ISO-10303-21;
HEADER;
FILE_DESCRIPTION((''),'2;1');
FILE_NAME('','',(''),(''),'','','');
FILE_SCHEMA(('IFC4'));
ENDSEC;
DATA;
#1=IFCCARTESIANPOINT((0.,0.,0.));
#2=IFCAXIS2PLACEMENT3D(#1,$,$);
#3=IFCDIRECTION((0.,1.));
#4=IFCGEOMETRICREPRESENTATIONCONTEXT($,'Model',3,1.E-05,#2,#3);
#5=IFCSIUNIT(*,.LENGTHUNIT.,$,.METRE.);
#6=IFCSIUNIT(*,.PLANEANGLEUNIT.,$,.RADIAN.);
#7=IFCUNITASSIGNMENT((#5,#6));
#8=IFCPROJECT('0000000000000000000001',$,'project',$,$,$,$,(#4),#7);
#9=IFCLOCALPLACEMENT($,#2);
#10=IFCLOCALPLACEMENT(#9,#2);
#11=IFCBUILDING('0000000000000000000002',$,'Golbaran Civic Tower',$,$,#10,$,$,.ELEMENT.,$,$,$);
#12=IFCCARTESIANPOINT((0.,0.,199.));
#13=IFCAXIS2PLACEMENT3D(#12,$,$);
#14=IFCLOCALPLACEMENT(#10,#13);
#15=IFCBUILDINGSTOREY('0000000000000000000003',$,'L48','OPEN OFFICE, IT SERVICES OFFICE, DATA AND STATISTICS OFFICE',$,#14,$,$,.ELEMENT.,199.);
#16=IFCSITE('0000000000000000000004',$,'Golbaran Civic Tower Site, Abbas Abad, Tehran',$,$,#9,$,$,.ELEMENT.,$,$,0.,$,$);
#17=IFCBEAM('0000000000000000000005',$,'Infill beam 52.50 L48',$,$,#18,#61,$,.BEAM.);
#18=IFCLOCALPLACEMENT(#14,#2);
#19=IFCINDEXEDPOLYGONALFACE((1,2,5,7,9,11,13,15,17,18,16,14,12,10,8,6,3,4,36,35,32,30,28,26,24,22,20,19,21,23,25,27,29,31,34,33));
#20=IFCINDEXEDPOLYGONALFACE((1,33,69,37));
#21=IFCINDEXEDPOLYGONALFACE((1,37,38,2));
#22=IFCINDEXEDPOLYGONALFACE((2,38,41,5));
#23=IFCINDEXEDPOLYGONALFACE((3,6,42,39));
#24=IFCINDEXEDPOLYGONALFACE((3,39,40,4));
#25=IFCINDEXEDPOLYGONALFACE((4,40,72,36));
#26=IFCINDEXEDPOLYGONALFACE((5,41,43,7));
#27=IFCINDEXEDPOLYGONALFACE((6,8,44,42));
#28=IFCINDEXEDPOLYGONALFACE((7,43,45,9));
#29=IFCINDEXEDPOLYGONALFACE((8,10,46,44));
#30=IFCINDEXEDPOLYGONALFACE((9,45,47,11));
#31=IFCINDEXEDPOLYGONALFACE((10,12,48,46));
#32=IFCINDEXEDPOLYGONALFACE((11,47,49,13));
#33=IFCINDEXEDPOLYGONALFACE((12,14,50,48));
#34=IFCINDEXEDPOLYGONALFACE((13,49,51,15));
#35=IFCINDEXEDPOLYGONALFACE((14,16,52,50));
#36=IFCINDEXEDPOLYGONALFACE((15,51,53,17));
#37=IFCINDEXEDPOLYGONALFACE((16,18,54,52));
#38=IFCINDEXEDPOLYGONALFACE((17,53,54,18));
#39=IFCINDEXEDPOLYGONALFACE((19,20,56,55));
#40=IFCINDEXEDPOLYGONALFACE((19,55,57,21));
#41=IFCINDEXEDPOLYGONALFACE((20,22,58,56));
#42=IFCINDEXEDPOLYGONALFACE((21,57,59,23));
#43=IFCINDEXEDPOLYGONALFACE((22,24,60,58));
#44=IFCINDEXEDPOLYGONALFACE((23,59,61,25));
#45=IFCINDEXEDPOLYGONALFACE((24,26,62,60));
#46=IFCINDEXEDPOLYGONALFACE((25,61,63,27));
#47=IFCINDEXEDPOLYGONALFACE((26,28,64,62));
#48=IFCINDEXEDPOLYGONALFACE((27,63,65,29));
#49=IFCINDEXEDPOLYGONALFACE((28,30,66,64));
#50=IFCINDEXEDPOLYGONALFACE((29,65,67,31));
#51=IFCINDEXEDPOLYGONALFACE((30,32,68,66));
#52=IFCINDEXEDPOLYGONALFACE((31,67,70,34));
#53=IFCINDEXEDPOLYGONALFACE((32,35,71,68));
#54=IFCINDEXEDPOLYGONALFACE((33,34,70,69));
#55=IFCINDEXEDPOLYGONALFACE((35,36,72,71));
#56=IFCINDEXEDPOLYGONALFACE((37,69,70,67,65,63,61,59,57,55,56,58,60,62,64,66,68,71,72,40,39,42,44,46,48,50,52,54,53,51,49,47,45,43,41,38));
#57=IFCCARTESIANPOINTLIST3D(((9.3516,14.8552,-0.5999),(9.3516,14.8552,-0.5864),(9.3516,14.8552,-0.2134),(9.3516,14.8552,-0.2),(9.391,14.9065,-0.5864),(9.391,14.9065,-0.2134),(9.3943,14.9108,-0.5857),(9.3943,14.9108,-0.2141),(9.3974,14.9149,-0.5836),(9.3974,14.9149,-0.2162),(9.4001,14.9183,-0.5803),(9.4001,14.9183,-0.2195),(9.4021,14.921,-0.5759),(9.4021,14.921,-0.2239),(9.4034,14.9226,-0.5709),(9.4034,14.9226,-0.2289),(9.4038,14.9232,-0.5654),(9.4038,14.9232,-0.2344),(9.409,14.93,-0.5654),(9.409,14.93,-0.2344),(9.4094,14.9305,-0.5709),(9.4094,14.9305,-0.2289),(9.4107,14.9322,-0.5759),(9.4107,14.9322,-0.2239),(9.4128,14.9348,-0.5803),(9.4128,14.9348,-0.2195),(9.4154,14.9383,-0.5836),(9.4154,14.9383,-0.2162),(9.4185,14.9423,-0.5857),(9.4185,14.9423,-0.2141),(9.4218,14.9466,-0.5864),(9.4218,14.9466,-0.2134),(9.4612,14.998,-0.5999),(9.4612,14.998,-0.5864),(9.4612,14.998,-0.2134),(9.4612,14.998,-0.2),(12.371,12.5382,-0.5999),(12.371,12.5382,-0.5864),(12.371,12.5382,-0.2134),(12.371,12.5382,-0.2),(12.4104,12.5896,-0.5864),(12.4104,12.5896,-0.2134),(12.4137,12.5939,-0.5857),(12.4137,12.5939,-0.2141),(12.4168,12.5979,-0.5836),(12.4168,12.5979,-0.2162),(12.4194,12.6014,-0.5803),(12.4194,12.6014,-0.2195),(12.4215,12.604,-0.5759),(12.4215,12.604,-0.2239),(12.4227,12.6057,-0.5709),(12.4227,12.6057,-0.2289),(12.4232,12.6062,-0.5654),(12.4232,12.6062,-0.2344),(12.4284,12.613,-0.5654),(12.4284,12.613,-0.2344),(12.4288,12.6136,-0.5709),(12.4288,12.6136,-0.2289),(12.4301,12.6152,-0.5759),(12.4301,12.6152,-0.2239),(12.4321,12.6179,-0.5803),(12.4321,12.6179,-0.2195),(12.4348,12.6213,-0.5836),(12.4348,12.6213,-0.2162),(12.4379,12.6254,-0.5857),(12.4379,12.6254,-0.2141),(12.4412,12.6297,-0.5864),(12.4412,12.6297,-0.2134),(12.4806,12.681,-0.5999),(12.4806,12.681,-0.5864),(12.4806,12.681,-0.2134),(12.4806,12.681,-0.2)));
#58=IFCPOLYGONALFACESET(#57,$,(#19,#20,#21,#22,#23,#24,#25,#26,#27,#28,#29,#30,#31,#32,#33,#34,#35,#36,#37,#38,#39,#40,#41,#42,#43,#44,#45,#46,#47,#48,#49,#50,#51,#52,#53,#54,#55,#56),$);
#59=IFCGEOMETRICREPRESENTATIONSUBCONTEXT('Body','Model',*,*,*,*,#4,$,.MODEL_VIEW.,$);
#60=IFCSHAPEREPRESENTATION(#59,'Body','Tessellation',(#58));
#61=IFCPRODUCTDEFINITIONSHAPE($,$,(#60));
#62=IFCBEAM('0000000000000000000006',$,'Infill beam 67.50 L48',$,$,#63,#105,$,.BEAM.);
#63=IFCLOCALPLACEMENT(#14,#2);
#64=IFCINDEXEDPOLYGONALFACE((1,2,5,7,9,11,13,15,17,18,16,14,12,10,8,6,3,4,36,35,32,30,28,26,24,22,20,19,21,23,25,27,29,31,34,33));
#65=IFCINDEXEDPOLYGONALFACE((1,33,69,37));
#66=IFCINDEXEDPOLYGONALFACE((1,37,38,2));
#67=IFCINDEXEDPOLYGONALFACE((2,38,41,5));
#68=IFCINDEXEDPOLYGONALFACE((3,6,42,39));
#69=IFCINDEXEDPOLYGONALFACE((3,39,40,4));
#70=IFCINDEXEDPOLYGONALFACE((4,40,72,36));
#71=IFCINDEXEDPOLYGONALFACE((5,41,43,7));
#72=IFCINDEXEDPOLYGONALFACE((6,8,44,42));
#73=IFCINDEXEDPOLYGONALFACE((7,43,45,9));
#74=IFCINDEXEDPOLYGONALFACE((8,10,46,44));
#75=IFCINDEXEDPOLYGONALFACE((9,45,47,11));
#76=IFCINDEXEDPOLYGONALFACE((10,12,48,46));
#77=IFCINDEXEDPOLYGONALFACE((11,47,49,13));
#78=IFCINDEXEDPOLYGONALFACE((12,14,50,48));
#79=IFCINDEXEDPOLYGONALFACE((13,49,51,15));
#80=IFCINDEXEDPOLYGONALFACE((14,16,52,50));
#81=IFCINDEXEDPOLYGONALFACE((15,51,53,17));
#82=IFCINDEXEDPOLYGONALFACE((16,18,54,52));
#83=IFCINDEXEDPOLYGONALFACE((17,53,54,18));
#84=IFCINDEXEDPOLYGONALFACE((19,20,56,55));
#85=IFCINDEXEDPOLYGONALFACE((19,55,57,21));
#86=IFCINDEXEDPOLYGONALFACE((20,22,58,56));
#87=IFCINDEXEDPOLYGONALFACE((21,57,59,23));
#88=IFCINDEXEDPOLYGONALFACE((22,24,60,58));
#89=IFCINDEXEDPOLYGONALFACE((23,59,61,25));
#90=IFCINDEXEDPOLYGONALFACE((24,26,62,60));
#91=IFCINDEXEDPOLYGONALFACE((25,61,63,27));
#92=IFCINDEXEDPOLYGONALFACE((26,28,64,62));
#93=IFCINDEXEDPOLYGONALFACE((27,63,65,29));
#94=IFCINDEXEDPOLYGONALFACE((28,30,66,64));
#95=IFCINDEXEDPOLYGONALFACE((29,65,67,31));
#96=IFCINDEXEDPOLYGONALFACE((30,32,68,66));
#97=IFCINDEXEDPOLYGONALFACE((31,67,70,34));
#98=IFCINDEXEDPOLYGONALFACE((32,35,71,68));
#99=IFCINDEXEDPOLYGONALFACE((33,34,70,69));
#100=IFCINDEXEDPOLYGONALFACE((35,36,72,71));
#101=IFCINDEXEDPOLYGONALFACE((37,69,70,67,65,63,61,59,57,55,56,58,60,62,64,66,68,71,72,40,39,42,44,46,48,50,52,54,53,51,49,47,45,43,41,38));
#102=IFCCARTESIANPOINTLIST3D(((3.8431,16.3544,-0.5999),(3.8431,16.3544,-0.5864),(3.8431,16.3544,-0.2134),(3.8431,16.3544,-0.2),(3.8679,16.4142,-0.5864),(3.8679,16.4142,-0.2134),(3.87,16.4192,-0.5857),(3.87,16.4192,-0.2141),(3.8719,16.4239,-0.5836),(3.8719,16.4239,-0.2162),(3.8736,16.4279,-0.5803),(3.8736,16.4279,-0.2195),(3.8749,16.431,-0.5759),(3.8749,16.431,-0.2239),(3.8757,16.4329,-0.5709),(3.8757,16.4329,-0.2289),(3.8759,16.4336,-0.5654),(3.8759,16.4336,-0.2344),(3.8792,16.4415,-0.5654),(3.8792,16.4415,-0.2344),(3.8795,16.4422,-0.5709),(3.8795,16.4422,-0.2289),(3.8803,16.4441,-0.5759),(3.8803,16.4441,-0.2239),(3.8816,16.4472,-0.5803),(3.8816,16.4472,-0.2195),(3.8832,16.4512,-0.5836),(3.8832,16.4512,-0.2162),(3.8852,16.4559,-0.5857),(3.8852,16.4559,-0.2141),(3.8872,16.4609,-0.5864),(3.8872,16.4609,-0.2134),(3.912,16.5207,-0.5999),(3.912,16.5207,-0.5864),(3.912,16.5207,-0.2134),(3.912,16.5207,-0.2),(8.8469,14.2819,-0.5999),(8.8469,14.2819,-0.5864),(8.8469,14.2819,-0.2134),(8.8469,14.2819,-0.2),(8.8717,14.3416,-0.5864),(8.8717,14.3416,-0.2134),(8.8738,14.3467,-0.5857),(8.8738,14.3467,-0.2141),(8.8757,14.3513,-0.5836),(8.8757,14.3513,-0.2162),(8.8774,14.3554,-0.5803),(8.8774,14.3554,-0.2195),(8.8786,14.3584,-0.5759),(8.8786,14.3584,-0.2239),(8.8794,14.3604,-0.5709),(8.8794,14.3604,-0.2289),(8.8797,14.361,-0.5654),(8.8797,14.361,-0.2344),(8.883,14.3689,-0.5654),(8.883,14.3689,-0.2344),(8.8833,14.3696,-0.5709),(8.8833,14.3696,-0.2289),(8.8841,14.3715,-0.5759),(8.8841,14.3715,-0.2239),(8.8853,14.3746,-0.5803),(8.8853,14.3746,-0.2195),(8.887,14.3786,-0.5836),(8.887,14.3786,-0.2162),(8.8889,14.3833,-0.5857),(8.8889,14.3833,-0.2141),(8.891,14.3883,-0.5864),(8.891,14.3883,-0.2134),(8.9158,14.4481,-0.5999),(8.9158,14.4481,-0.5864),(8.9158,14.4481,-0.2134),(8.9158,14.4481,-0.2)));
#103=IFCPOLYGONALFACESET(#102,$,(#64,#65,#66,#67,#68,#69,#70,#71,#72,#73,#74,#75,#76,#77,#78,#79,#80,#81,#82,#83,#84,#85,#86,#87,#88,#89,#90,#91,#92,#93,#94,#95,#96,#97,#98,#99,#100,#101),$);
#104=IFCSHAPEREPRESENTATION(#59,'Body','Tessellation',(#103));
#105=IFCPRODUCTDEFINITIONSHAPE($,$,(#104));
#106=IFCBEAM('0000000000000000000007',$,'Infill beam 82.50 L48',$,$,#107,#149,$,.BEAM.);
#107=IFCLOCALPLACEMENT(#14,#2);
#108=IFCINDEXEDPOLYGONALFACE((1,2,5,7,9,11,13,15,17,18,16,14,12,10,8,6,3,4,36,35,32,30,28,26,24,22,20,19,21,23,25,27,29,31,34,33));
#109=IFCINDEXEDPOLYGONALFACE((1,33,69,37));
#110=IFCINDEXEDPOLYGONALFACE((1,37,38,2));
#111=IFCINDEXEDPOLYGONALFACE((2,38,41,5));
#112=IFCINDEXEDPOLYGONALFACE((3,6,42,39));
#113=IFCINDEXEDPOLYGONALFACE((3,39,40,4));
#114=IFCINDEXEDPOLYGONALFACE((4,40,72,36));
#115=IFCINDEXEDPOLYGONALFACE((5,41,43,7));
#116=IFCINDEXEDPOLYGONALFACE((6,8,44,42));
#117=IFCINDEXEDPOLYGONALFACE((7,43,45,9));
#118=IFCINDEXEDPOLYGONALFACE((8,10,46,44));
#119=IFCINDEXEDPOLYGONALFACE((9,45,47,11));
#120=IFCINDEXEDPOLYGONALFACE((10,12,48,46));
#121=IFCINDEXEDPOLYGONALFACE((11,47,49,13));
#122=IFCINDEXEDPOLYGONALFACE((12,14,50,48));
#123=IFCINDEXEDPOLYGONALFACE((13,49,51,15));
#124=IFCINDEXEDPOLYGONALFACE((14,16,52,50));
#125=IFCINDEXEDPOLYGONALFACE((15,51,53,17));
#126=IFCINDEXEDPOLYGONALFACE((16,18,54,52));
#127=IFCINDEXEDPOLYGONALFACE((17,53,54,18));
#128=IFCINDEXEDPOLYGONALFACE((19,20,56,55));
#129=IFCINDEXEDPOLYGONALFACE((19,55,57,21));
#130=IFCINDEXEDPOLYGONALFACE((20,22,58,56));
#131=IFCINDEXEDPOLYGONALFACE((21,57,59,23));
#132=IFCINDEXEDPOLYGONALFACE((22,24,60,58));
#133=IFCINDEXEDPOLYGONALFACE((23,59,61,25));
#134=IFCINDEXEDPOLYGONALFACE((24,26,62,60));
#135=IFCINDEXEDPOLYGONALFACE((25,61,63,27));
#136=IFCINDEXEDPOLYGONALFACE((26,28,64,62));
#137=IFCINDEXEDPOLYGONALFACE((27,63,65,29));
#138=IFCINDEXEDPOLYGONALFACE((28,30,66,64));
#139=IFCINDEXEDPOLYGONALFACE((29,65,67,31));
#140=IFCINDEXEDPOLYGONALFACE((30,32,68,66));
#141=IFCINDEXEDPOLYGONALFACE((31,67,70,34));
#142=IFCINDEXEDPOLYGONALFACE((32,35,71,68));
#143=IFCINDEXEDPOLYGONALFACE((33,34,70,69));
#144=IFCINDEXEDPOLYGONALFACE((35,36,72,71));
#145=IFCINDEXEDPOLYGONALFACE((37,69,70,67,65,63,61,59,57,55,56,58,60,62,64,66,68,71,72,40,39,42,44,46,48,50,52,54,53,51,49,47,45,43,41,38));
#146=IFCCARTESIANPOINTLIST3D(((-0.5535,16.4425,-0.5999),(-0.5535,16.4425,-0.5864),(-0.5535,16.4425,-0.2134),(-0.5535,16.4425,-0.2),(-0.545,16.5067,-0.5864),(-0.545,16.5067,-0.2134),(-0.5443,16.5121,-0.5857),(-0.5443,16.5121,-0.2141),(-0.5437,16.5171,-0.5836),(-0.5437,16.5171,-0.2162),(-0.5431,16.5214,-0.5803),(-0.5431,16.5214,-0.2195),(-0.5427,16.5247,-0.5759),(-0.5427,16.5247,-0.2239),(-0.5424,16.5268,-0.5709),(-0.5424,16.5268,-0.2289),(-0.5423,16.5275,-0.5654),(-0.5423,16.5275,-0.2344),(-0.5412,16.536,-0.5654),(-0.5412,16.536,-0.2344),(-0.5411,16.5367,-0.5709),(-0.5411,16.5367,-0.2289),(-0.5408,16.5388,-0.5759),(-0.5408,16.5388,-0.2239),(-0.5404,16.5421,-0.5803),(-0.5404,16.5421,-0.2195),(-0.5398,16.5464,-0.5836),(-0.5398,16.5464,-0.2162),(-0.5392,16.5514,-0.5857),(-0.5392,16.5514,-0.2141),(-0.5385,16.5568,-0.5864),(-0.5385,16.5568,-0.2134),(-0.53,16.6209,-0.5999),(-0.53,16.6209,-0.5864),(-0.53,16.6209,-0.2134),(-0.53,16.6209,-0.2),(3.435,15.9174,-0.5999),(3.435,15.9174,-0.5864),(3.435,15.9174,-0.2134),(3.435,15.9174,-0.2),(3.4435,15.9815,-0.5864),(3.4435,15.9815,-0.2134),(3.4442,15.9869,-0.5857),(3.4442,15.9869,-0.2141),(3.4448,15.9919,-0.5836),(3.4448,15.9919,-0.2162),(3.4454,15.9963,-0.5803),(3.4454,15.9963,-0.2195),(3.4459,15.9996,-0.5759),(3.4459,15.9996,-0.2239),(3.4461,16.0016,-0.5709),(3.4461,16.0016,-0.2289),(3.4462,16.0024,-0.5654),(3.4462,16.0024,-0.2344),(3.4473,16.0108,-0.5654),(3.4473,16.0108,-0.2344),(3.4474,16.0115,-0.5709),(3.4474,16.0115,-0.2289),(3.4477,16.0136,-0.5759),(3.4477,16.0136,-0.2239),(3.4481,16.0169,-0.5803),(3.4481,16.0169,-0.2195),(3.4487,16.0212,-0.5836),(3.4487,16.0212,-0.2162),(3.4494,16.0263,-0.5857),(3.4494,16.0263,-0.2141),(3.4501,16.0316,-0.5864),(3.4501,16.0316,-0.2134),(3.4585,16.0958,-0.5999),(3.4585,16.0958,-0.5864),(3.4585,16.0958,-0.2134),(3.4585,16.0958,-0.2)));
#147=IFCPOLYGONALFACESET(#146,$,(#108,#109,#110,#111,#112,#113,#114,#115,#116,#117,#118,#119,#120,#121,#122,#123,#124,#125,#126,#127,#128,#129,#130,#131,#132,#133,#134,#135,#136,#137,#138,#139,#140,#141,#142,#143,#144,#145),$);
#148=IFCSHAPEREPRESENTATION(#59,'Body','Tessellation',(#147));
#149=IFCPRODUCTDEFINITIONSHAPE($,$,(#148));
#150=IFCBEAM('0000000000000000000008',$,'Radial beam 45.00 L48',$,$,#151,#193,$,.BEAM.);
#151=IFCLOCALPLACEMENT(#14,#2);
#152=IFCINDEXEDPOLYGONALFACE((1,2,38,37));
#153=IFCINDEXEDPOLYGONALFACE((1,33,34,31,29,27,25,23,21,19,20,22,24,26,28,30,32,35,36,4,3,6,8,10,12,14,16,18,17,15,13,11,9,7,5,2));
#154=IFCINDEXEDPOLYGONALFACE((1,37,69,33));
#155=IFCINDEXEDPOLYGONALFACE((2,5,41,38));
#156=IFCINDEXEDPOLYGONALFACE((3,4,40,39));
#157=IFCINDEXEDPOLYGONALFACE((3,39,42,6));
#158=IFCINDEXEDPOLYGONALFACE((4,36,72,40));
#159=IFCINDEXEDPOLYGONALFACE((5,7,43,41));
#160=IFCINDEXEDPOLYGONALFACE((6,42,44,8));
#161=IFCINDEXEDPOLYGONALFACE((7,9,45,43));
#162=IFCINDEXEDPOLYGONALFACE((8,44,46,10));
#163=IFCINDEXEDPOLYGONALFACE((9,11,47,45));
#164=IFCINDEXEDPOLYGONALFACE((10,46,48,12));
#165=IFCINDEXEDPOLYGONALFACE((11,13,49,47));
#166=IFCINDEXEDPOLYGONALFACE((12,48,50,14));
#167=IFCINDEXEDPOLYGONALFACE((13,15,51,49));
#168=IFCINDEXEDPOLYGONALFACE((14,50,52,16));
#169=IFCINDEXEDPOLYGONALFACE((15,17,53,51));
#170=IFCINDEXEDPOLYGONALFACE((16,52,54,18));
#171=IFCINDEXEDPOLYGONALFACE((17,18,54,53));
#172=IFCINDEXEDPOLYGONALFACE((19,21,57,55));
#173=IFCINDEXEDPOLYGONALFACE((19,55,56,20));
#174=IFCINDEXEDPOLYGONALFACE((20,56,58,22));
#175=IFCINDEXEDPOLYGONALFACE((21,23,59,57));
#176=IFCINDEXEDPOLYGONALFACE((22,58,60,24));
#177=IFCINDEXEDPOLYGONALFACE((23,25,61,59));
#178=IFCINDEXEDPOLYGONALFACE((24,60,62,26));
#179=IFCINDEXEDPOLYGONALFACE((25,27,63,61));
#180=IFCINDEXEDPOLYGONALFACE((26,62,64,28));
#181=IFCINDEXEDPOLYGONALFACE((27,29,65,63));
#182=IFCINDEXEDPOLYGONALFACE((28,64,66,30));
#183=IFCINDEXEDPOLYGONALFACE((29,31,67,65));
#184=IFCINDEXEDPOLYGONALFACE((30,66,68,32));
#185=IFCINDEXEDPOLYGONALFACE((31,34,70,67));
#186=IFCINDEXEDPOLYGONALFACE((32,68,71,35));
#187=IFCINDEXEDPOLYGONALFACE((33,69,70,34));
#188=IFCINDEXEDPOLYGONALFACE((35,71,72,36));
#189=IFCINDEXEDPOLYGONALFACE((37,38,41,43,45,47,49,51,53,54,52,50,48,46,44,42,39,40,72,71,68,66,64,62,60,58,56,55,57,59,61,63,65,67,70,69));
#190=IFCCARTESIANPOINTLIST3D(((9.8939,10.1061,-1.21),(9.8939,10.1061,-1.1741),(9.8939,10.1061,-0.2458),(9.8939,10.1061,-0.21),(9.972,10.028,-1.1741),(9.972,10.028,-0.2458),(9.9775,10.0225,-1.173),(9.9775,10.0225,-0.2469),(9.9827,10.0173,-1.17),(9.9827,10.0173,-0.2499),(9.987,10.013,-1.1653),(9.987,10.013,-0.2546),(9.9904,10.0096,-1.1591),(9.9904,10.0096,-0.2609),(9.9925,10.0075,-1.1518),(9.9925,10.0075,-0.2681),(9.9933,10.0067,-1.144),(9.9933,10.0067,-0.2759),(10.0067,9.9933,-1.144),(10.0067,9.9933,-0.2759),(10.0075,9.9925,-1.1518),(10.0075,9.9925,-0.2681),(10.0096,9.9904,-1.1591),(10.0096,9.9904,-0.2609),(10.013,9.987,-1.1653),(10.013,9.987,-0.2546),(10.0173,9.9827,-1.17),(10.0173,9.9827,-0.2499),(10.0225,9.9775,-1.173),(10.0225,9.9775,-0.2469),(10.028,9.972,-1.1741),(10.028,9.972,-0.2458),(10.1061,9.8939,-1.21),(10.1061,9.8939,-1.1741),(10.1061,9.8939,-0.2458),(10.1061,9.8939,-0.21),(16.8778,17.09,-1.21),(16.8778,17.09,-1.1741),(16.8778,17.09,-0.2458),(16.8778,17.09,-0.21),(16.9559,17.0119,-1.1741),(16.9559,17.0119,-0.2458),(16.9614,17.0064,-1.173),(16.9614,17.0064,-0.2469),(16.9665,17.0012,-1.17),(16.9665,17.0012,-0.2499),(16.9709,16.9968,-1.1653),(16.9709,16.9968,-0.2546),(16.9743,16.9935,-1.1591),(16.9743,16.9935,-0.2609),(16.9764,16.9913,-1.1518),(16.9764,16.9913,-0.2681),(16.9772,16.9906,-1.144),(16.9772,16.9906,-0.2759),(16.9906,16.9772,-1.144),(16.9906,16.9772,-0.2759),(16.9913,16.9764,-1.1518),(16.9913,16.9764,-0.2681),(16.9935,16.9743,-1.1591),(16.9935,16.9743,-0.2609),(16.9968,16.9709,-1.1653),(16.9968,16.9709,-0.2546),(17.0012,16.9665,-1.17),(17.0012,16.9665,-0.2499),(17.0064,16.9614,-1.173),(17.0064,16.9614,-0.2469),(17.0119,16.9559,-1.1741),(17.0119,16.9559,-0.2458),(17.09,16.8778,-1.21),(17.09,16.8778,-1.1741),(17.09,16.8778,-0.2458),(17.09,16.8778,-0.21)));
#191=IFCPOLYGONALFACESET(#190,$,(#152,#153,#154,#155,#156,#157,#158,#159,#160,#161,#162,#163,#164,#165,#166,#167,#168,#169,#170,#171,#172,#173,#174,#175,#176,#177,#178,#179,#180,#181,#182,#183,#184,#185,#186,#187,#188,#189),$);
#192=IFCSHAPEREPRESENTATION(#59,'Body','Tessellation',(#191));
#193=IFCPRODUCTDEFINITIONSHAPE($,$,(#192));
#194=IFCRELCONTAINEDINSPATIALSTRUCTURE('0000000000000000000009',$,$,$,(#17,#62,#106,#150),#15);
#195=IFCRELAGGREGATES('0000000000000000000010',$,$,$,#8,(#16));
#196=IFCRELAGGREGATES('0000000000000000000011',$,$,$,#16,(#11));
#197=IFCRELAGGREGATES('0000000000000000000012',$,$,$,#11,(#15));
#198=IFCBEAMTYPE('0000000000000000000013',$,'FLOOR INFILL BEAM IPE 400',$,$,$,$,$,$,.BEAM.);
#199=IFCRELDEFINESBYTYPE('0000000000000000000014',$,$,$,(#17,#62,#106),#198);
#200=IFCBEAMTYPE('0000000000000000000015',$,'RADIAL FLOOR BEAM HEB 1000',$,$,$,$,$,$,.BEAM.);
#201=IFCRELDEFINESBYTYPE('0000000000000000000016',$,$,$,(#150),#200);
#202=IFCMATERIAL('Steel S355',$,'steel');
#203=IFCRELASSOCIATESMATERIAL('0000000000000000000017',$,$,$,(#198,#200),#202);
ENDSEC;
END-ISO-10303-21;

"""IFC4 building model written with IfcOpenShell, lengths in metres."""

from ifc_helpers import new_model, si_unit, direction, frame, origin, origin_2d, place, context, subcontext, project, spatial, i_section, extrude, material, material_profile, profile_set, type_object, element, save


model = new_model("IFC4")

# Units and contexts
model_context = context("Model", 3, precision=1e-05, world=origin(), true_north=direction((0.0, 1.0)))
body_context = subcontext(model_context, "Body", "Model", "MODEL_VIEW")
ifc_project = project(units=[si_unit("LENGTHUNIT", "METRE"), si_unit("PLANEANGLEUNIT", "RADIAN")], contexts=[model_context])

# Site, building, storey
site_placement = place(None, origin())
site = spatial("IfcSite", under=ifc_project, at=site_placement, Name="Golbaran Civic Tower Site, Abbas Abad, Tehran", CompositionType="ELEMENT", RefElevation=0.0)
building_placement = place(site_placement, origin())
building = spatial("IfcBuilding", under=site, at=building_placement, Name="Golbaran Civic Tower", CompositionType="ELEMENT")
storey_placement = place(building_placement, frame((0.0, 0.0, 199.0)))
storey = spatial("IfcBuildingStorey", under=building, at=storey_placement, Name="L48", Description="OPEN OFFICE, IT SERVICES OFFICE, DATA AND STATISTICS OFFICE", CompositionType="ELEMENT", Elevation=199.0)

# Beams
ifc_material_1 = material(Name="Steel S355", Category="steel")
ifc_material_profile_1 = material_profile(ifc_material_1, i_section(OverallWidth=0.1799, OverallDepth=0.3999, WebThickness=0.0085, FlangeThickness=0.0134, FilletRadius=0.021, at=origin_2d()), Name="IPE 400")
ifc_profile_set_1 = profile_set([ifc_material_profile_1], Name="Steel S355")
beam_type_1 = type_object("IfcBeamType", Name="FLOOR INFILL BEAM IPE 400", PredefinedType="BEAM", material=ifc_profile_set_1)
beam_1_placement = place(storey_placement, frame((12.4258, 12.6096, -0.3999), z_axis=(-0.793339, 0.60878, 0.0), x_axis=(-0.60878, -0.793339, 0.0)))
element("IfcBeam", 1, at=beam_1_placement, inside=storey, type_object=beam_type_1, Name="Infill beam 52.50 L48", PredefinedType="BEAM", context=body_context, shape_type="SweptSolid", body=[
    extrude(i_section(OverallWidth=0.1799, OverallDepth=0.3999, WebThickness=0.0085, FlangeThickness=0.0134, FilletRadius=0.021, at=origin_2d()), origin(), (0.0, 0.0, 1.0), 3.8059),
])
beam_2_placement = place(storey_placement, frame((8.8813, 14.365, -0.3999), z_axis=(-0.923884, 0.382672, 0.0), x_axis=(-0.382672, -0.923884, 0.0)))
element("IfcBeam", 2, at=beam_2_placement, inside=storey, type_object=beam_type_1, Name="Infill beam 67.50 L48", PredefinedType="BEAM", context=body_context, shape_type="SweptSolid", body=[
    extrude(i_section(OverallWidth=0.1799, OverallDepth=0.3999, WebThickness=0.0085, FlangeThickness=0.0134, FilletRadius=0.021, at=origin_2d()), origin(), (0.0, 0.0, 1.0), 5.416),
])
beam_3_placement = place(storey_placement, frame((3.4468, 16.0066, -0.3999), z_axis=(-0.991443, 0.130538, 0.0), x_axis=(-0.130538, -0.991443, 0.0)))
element("IfcBeam", 3, at=beam_3_placement, inside=storey, type_object=beam_type_1, Name="Infill beam 82.50 L48", PredefinedType="BEAM", context=body_context, shape_type="SweptSolid", body=[
    extrude(i_section(OverallWidth=0.1799, OverallDepth=0.3999, WebThickness=0.0085, FlangeThickness=0.0134, FilletRadius=0.021, at=origin_2d()), origin(), (0.0, 0.0, 1.0), 4.0229),
])
ifc_material_profile_2 = material_profile(ifc_material_1, i_section(OverallWidth=0.3, OverallDepth=1.0, WebThickness=0.019, FlangeThickness=0.0359, FilletRadius=0.03, at=origin_2d()), Name="HEB 1000")
ifc_profile_set_2 = profile_set([ifc_material_profile_2], Name="Steel S355")
beam_type_2 = type_object("IfcBeamType", Name="RADIAL FLOOR BEAM HEB 1000", PredefinedType="BEAM", material=ifc_profile_set_2)
beam_4_placement = place(storey_placement, frame((10.0, 10.0, -0.71), z_axis=(0.707107, 0.707107, 0.0), x_axis=(-0.707107, 0.707107, 0.0)))
element("IfcBeam", 4, at=beam_4_placement, inside=storey, type_object=beam_type_2, Name="Radial beam 45.00 L48", PredefinedType="BEAM", context=body_context, shape_type="SweptSolid", body=[
    extrude(i_section(OverallWidth=0.3, OverallDepth=1.0, WebThickness=0.019, FlangeThickness=0.0359, FilletRadius=0.03, at=origin_2d()), origin(), (0.0, 0.0, 1.0), 9.8767),
])

save(model, "model.ifc")
